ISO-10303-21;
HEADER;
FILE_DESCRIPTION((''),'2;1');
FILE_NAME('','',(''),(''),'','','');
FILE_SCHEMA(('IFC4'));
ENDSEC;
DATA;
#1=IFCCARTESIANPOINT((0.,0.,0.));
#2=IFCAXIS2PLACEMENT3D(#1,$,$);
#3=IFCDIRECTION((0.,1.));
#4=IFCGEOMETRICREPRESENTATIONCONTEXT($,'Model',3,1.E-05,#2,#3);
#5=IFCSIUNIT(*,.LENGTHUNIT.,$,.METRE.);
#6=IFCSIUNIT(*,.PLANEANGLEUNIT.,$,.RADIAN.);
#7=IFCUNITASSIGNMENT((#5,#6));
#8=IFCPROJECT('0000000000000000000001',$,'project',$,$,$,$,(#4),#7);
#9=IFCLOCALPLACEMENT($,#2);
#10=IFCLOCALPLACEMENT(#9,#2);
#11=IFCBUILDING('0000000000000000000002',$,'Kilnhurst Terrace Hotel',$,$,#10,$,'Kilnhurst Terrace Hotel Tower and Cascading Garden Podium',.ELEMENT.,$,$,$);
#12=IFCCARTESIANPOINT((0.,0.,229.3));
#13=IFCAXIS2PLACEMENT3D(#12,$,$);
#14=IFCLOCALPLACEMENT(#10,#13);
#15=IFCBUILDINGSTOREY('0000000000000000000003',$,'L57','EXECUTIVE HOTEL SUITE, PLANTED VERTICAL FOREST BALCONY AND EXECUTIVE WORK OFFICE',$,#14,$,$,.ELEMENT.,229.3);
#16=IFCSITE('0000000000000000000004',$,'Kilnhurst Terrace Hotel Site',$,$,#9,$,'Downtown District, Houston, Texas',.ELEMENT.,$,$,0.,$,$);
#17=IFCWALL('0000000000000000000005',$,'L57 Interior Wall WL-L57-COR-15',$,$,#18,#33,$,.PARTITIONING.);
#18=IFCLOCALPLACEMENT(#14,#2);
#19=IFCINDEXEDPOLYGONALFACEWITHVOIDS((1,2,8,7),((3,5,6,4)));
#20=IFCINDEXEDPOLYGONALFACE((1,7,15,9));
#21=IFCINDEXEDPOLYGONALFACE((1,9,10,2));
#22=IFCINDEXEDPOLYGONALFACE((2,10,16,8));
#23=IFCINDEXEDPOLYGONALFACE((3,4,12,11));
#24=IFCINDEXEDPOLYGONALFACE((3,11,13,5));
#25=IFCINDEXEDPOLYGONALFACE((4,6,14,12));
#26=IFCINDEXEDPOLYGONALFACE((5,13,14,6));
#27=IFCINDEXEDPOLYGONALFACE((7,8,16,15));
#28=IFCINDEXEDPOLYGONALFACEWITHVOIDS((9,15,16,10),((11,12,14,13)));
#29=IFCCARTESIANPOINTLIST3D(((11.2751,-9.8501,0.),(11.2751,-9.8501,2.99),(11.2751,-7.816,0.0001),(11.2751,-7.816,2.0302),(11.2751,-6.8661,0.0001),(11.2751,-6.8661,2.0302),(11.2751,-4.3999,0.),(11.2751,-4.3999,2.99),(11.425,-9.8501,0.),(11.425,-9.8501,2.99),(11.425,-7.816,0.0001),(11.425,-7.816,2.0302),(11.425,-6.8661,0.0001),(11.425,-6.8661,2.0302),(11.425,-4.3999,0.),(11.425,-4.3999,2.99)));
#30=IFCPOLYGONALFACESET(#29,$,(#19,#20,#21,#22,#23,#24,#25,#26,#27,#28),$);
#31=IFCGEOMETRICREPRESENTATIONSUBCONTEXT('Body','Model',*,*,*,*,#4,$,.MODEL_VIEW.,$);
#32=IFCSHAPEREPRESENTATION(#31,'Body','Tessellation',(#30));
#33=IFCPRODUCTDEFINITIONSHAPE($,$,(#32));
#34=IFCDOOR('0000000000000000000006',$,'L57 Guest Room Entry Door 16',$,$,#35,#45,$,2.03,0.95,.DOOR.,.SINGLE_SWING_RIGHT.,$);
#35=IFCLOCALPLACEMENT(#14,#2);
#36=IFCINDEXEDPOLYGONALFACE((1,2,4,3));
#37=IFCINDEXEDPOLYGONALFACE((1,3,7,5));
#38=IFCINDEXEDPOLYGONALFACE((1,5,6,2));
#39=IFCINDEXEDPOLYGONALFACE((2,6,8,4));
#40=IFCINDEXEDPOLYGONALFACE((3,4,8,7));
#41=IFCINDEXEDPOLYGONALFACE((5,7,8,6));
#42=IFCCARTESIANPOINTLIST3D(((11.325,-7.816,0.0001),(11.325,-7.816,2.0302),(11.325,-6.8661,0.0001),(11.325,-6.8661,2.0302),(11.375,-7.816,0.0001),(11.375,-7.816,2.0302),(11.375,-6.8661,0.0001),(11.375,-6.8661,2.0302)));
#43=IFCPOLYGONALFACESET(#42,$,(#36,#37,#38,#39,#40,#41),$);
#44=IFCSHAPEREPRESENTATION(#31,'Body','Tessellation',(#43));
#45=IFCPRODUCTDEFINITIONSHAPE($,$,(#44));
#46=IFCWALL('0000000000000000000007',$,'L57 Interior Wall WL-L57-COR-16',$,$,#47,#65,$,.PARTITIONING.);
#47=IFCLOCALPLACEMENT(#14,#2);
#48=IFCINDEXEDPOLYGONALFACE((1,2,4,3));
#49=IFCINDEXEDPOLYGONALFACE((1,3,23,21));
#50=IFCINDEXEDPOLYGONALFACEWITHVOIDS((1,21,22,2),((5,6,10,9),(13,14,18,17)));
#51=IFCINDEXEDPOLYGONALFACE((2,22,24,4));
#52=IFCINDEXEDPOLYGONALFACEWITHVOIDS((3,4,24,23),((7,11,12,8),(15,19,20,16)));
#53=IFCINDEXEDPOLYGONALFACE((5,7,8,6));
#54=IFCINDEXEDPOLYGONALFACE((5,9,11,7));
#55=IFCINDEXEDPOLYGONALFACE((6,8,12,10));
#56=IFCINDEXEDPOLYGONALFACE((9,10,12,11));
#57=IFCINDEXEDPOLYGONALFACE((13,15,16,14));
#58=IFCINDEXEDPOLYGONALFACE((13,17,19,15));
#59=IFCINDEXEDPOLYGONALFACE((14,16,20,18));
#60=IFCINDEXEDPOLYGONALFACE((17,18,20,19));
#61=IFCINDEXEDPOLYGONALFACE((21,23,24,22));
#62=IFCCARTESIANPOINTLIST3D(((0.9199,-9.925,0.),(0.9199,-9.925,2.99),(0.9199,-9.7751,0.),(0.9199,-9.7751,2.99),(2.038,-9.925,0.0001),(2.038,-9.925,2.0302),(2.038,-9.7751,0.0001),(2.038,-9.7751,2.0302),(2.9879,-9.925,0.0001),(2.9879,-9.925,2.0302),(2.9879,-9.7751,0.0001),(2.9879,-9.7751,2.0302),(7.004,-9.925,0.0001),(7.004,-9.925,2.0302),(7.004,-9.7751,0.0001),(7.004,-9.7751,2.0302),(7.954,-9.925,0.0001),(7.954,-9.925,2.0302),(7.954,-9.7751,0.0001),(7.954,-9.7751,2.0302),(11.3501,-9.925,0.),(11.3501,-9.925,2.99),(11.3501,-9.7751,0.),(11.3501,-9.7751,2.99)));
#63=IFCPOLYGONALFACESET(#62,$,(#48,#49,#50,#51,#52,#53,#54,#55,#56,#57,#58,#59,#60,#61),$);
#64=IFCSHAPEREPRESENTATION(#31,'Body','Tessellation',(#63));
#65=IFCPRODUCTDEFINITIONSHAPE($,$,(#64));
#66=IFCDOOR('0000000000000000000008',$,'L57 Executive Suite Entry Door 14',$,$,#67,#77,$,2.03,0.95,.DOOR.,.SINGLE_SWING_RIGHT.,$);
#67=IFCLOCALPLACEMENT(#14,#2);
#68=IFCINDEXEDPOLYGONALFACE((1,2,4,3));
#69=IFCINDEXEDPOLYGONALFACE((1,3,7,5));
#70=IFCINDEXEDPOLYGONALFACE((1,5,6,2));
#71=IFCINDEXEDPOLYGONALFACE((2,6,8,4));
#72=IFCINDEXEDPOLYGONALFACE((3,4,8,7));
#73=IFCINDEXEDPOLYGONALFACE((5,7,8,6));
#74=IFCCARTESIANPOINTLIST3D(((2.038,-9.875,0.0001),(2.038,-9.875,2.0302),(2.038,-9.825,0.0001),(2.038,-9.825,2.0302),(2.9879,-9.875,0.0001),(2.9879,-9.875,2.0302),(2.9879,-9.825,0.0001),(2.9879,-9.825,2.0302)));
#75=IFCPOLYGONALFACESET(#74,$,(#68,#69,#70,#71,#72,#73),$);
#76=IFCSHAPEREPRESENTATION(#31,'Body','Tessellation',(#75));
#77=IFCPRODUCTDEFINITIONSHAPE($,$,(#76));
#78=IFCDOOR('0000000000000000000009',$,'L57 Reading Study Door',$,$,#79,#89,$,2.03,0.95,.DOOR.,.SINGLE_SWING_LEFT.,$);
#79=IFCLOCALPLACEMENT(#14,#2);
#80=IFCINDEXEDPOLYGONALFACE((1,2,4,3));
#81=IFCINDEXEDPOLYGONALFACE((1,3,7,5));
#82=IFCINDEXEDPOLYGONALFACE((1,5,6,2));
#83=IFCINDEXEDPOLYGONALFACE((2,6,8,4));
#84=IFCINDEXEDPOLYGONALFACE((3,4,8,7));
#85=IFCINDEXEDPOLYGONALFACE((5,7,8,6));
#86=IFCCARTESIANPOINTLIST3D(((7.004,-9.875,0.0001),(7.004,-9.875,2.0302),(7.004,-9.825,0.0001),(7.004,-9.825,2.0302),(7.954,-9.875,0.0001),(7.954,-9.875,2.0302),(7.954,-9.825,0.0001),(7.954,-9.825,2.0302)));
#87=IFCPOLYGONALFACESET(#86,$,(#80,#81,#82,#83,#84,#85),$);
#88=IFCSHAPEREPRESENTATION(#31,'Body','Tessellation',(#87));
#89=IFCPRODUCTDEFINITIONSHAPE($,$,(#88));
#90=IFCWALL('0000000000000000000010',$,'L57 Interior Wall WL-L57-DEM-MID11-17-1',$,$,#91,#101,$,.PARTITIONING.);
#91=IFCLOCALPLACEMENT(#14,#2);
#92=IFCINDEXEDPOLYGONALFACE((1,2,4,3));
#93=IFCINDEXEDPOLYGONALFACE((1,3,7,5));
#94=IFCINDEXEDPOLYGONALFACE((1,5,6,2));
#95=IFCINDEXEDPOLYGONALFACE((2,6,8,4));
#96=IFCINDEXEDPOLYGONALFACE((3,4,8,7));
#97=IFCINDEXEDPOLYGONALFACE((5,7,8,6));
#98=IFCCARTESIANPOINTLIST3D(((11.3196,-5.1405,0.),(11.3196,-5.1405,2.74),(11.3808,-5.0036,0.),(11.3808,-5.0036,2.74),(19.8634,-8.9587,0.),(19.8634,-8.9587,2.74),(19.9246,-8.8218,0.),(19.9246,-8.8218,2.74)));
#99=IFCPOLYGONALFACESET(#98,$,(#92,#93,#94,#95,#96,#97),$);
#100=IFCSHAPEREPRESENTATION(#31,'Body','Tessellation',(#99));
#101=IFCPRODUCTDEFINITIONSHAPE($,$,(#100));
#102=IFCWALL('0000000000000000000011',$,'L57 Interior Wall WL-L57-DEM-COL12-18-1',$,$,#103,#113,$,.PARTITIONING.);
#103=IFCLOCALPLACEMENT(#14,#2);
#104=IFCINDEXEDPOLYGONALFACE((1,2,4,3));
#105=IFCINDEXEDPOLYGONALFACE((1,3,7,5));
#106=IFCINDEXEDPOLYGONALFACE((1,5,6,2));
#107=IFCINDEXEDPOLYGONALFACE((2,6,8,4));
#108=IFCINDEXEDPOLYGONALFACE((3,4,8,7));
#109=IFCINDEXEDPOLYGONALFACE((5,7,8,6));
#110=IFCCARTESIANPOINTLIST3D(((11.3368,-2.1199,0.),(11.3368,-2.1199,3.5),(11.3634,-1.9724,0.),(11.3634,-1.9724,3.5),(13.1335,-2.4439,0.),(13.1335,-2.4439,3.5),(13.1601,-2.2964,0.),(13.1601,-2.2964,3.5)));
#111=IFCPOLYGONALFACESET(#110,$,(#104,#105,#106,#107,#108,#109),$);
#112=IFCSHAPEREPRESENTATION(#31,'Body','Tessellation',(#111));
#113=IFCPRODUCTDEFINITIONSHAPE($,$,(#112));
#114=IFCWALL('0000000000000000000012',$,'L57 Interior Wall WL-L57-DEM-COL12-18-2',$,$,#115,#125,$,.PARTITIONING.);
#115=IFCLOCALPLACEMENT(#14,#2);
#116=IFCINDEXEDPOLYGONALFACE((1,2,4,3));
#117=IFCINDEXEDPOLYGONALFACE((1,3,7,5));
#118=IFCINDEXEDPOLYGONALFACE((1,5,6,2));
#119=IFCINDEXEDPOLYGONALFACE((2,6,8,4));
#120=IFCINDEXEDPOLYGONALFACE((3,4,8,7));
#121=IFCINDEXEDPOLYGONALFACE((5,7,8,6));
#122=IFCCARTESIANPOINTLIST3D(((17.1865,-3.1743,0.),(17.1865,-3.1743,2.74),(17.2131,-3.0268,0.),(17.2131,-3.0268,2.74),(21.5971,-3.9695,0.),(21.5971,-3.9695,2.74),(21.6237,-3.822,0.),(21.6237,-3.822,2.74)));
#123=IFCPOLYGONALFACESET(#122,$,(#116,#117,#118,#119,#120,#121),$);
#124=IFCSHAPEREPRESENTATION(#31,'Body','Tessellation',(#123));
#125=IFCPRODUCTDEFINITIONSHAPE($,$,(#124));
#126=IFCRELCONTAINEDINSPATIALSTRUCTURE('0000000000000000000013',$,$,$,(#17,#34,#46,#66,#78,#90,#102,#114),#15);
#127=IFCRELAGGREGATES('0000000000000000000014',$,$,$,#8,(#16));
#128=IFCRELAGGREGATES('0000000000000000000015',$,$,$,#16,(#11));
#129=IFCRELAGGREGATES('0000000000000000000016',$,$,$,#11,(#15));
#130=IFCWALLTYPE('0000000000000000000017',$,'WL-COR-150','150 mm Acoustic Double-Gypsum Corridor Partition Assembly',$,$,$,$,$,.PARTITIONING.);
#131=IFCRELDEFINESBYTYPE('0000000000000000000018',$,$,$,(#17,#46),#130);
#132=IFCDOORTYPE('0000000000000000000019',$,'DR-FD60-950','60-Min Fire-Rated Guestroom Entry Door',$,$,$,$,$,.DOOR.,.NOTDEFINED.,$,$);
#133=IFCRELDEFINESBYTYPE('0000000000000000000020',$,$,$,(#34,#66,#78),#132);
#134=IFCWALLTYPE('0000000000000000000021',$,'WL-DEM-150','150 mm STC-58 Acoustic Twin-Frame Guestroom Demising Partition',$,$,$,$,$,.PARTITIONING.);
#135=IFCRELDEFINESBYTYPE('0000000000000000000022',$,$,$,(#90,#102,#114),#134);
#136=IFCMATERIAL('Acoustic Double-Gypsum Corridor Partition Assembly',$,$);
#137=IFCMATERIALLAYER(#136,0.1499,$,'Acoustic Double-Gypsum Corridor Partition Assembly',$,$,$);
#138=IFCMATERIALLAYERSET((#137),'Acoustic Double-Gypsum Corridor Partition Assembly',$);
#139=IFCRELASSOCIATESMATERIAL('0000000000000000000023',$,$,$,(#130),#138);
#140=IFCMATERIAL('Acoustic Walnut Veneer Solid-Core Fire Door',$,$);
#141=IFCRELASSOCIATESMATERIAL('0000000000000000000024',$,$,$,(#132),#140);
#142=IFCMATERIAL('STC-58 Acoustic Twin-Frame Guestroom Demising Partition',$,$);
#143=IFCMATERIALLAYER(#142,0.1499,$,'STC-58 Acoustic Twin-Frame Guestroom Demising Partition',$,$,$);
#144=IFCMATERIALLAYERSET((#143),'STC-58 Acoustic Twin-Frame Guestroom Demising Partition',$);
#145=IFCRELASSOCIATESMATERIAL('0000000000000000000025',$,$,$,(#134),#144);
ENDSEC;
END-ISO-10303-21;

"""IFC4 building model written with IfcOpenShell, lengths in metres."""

from ifc_helpers import new_model, si_unit, direction, frame, frame_2d, origin, place, context, subcontext, project, spatial, rectangle, extrude, material, layer, layer_set, type_object, element, fill, save


model = new_model("IFC4")

# Units and contexts
model_context = context("Model", 3, precision=1e-05, world=origin(), true_north=direction((0.0, 1.0)))
body_context = subcontext(model_context, "Body", "Model", "MODEL_VIEW")
ifc_project = project(units=[si_unit("LENGTHUNIT", "METRE"), si_unit("PLANEANGLEUNIT", "RADIAN")], contexts=[model_context])

# Site, building, storey
site_placement = place(None, origin())
site = spatial("IfcSite", under=ifc_project, at=site_placement, Name="Kilnhurst Terrace Hotel Site", LongName="Downtown District, Houston, Texas", CompositionType="ELEMENT", RefElevation=0.0)
building_placement = place(site_placement, origin())
building = spatial("IfcBuilding", under=site, at=building_placement, Name="Kilnhurst Terrace Hotel", LongName="Kilnhurst Terrace Hotel Tower and Cascading Garden Podium", CompositionType="ELEMENT")
storey_placement = place(building_placement, frame((0.0, 0.0, 229.3)))
storey = spatial("IfcBuildingStorey", under=building, at=storey_placement, Name="L57", Description="EXECUTIVE HOTEL SUITE, PLANTED VERTICAL FOREST BALCONY AND EXECUTIVE WORK OFFICE", CompositionType="ELEMENT", Elevation=229.3)

# Shared definitions
ifc_material_1 = material(Name="Acoustic Double-Gypsum Corridor Partition Assembly")
ifc_layer_1 = layer(ifc_material_1, 0.1499, Name="Acoustic Double-Gypsum Corridor Partition Assembly")
ifc_layer_set_1 = layer_set([ifc_layer_1], Name="Acoustic Double-Gypsum Corridor Partition Assembly")
wall_type_1 = type_object("IfcWallType", Name="WL-COR-150", Description="150 mm Acoustic Double-Gypsum Corridor Partition Assembly", PredefinedType="PARTITIONING", material=ifc_layer_set_1)

# Wall, opening, door
wall_1_placement = place(storey_placement, frame((11.3501, -4.3999, 0.0), z_axis=(0.0, 0.0, 1.0), x_axis=(0.0, -1.0, 0.0)))
wall_1 = element("IfcWall", 1, at=wall_1_placement, inside=storey, type_object=wall_type_1, Name="L57 Interior Wall WL-L57-COR-15", PredefinedType="PARTITIONING", context=body_context, shape_type="SweptSolid", body=[
    extrude(rectangle(XDim=5.4502, YDim=0.1499, at=frame_2d((2.7251, 0.0))), origin(), (0.0, 0.0, 1.0), 2.99),
])
opening_1_placement = place(wall_1_placement, frame((2.4661, 0.0, 0.0)))
opening_1 = element("IfcOpeningElement", 2, at=opening_1_placement, cuts=wall_1, PredefinedType="OPENING", context=body_context, shape_type="SweptSolid", body=[
    extrude(rectangle(XDim=0.95, YDim=2.03, at=frame_2d((0.4751, 1.0151))), frame((0.0, 0.085, 0.0), z_axis=(0.0, -1.0, 0.0), x_axis=(1.0, 0.0, 0.0)), (0.0, 0.0, 1.0), 0.1699),
])
ifc_material_2 = material(Name="Acoustic Walnut Veneer Solid-Core Fire Door")
door_type_1 = type_object("IfcDoorType", Name="DR-FD60-950", Description="60-Min Fire-Rated Guestroom Entry Door", OperationType="NOTDEFINED", PredefinedType="DOOR", material=ifc_material_2)
door_1_placement = place(opening_1_placement, origin())
door_1 = element("IfcDoor", 3, at=door_1_placement, inside=storey, type_object=door_type_1, Name="L57 Guest Room Entry Door 16", OperationType="SINGLE_SWING_RIGHT", OverallHeight=2.03, OverallWidth=0.95, PredefinedType="DOOR", context=body_context, shape_type="SweptSolid", body=[
    extrude(rectangle(XDim=0.95, YDim=2.03, at=frame_2d((0.4751, 1.0151))), frame((0.0, 0.0249, 0.0), z_axis=(0.0, -1.0, 0.0), x_axis=(1.0, 0.0, 0.0)), (0.0, 0.0, 1.0), 0.05),
])
fill(opening_1, door_1)

# Wall, openings, doors
wall_2_placement = place(storey_placement, frame((11.3501, -9.8501, 0.0), z_axis=(0.0, 0.0, 1.0), x_axis=(-1.0, 0.0, 0.0)))
wall_2 = element("IfcWall", 4, at=wall_2_placement, inside=storey, type_object=wall_type_1, Name="L57 Interior Wall WL-L57-COR-16", PredefinedType="PARTITIONING", context=body_context, shape_type="SweptSolid", body=[
    extrude(rectangle(XDim=10.4302, YDim=0.1499, at=frame_2d((5.2151, 0.0))), origin(), (0.0, 0.0, 1.0), 2.99),
])
opening_2_placement = place(wall_2_placement, frame((8.3621, 0.0, 0.0)))
opening_2 = element("IfcOpeningElement", 5, at=opening_2_placement, cuts=wall_2, PredefinedType="OPENING", context=body_context, shape_type="SweptSolid", body=[
    extrude(rectangle(XDim=0.95, YDim=2.03, at=frame_2d((0.4751, 1.0151))), frame((0.0, 0.085, 0.0), z_axis=(0.0, -1.0, 0.0), x_axis=(1.0, 0.0, 0.0)), (0.0, 0.0, 1.0), 0.1699),
])
opening_3_placement = place(wall_2_placement, frame((3.396, 0.0, 0.0)))
opening_3 = element("IfcOpeningElement", 6, at=opening_3_placement, cuts=wall_2, PredefinedType="OPENING", context=body_context, shape_type="SweptSolid", body=[
    extrude(rectangle(XDim=0.95, YDim=2.03, at=frame_2d((0.4751, 1.0151))), frame((0.0, 0.085, 0.0), z_axis=(0.0, -1.0, 0.0), x_axis=(1.0, 0.0, 0.0)), (0.0, 0.0, 1.0), 0.1699),
])
door_2_placement = place(opening_2_placement, origin())
door_2 = element("IfcDoor", 7, at=door_2_placement, inside=storey, type_object=door_type_1, Name="L57 Executive Suite Entry Door 14", OperationType="SINGLE_SWING_RIGHT", OverallHeight=2.03, OverallWidth=0.95, PredefinedType="DOOR", context=body_context, shape_type="SweptSolid", body=[
    extrude(rectangle(XDim=0.95, YDim=2.03, at=frame_2d((0.4751, 1.0151))), frame((0.0, 0.0249, 0.0), z_axis=(0.0, -1.0, 0.0), x_axis=(1.0, 0.0, 0.0)), (0.0, 0.0, 1.0), 0.05),
])
fill(opening_2, door_2)
door_3_placement = place(opening_3_placement, origin())
door_3 = element("IfcDoor", 8, at=door_3_placement, inside=storey, type_object=door_type_1, Name="L57 Reading Study Door", OperationType="SINGLE_SWING_LEFT", OverallHeight=2.03, OverallWidth=0.95, PredefinedType="DOOR", context=body_context, shape_type="SweptSolid", body=[
    extrude(rectangle(XDim=0.95, YDim=2.03, at=frame_2d((0.4751, 1.0151))), frame((0.0, 0.0249, 0.0), z_axis=(0.0, -1.0, 0.0), x_axis=(1.0, 0.0, 0.0)), (0.0, 0.0, 1.0), 0.05),
])
fill(opening_3, door_3)

# Walls
ifc_material_3 = material(Name="STC-58 Acoustic Twin-Frame Guestroom Demising Partition")
ifc_layer_2 = layer(ifc_material_3, 0.1499, Name="STC-58 Acoustic Twin-Frame Guestroom Demising Partition")
ifc_layer_set_2 = layer_set([ifc_layer_2], Name="STC-58 Acoustic Twin-Frame Guestroom Demising Partition")
wall_type_2 = type_object("IfcWallType", Name="WL-DEM-150", Description="150 mm STC-58 Acoustic Twin-Frame Guestroom Demising Partition", PredefinedType="PARTITIONING", material=ifc_layer_set_2)
wall_3_placement = place(storey_placement, frame((11.3501, -5.072, 0.0), z_axis=(0.0, 0.0, 1.0), x_axis=(0.91298, -0.408004, 0.0)))
element("IfcWall", 9, at=wall_3_placement, inside=storey, type_object=wall_type_2, Name="L57 Interior Wall WL-L57-DEM-MID11-17-1", PredefinedType="PARTITIONING", context=body_context, shape_type="SweptSolid", body=[
    extrude(rectangle(XDim=9.3582, YDim=0.1499, at=frame_2d((4.6792, 0.0))), origin(), (0.0, 0.0, 1.0), 2.74),
])
wall_4_placement = place(storey_placement, frame((11.3501, -2.0461, 0.0), z_axis=(0.0, 0.0, 1.0), x_axis=(0.984128, -0.177461, 0.0)))
element("IfcWall", 10, at=wall_4_placement, inside=storey, type_object=wall_type_2, Name="L57 Interior Wall WL-L57-DEM-COL12-18-1", PredefinedType="PARTITIONING", context=body_context, shape_type="SweptSolid", body=[
    extrude(rectangle(XDim=1.8257, YDim=0.1499, at=frame_2d((0.9128, 0.0))), origin(), (0.0, 0.0, 1.0), 3.5),
])
wall_5_placement = place(storey_placement, frame((17.2, -3.1006, 0.0), z_axis=(0.0, 0.0, 1.0), x_axis=(0.984135, -0.177423, 0.0)))
element("IfcWall", 11, at=wall_5_placement, inside=storey, type_object=wall_type_2, Name="L57 Interior Wall WL-L57-DEM-COL12-18-2", PredefinedType="PARTITIONING", context=body_context, shape_type="SweptSolid", body=[
    extrude(rectangle(XDim=4.4817, YDim=0.1499, at=frame_2d((2.2407, 0.0))), origin(), (0.0, 0.0, 1.0), 2.74),
])

save(model, "model.ifc")
